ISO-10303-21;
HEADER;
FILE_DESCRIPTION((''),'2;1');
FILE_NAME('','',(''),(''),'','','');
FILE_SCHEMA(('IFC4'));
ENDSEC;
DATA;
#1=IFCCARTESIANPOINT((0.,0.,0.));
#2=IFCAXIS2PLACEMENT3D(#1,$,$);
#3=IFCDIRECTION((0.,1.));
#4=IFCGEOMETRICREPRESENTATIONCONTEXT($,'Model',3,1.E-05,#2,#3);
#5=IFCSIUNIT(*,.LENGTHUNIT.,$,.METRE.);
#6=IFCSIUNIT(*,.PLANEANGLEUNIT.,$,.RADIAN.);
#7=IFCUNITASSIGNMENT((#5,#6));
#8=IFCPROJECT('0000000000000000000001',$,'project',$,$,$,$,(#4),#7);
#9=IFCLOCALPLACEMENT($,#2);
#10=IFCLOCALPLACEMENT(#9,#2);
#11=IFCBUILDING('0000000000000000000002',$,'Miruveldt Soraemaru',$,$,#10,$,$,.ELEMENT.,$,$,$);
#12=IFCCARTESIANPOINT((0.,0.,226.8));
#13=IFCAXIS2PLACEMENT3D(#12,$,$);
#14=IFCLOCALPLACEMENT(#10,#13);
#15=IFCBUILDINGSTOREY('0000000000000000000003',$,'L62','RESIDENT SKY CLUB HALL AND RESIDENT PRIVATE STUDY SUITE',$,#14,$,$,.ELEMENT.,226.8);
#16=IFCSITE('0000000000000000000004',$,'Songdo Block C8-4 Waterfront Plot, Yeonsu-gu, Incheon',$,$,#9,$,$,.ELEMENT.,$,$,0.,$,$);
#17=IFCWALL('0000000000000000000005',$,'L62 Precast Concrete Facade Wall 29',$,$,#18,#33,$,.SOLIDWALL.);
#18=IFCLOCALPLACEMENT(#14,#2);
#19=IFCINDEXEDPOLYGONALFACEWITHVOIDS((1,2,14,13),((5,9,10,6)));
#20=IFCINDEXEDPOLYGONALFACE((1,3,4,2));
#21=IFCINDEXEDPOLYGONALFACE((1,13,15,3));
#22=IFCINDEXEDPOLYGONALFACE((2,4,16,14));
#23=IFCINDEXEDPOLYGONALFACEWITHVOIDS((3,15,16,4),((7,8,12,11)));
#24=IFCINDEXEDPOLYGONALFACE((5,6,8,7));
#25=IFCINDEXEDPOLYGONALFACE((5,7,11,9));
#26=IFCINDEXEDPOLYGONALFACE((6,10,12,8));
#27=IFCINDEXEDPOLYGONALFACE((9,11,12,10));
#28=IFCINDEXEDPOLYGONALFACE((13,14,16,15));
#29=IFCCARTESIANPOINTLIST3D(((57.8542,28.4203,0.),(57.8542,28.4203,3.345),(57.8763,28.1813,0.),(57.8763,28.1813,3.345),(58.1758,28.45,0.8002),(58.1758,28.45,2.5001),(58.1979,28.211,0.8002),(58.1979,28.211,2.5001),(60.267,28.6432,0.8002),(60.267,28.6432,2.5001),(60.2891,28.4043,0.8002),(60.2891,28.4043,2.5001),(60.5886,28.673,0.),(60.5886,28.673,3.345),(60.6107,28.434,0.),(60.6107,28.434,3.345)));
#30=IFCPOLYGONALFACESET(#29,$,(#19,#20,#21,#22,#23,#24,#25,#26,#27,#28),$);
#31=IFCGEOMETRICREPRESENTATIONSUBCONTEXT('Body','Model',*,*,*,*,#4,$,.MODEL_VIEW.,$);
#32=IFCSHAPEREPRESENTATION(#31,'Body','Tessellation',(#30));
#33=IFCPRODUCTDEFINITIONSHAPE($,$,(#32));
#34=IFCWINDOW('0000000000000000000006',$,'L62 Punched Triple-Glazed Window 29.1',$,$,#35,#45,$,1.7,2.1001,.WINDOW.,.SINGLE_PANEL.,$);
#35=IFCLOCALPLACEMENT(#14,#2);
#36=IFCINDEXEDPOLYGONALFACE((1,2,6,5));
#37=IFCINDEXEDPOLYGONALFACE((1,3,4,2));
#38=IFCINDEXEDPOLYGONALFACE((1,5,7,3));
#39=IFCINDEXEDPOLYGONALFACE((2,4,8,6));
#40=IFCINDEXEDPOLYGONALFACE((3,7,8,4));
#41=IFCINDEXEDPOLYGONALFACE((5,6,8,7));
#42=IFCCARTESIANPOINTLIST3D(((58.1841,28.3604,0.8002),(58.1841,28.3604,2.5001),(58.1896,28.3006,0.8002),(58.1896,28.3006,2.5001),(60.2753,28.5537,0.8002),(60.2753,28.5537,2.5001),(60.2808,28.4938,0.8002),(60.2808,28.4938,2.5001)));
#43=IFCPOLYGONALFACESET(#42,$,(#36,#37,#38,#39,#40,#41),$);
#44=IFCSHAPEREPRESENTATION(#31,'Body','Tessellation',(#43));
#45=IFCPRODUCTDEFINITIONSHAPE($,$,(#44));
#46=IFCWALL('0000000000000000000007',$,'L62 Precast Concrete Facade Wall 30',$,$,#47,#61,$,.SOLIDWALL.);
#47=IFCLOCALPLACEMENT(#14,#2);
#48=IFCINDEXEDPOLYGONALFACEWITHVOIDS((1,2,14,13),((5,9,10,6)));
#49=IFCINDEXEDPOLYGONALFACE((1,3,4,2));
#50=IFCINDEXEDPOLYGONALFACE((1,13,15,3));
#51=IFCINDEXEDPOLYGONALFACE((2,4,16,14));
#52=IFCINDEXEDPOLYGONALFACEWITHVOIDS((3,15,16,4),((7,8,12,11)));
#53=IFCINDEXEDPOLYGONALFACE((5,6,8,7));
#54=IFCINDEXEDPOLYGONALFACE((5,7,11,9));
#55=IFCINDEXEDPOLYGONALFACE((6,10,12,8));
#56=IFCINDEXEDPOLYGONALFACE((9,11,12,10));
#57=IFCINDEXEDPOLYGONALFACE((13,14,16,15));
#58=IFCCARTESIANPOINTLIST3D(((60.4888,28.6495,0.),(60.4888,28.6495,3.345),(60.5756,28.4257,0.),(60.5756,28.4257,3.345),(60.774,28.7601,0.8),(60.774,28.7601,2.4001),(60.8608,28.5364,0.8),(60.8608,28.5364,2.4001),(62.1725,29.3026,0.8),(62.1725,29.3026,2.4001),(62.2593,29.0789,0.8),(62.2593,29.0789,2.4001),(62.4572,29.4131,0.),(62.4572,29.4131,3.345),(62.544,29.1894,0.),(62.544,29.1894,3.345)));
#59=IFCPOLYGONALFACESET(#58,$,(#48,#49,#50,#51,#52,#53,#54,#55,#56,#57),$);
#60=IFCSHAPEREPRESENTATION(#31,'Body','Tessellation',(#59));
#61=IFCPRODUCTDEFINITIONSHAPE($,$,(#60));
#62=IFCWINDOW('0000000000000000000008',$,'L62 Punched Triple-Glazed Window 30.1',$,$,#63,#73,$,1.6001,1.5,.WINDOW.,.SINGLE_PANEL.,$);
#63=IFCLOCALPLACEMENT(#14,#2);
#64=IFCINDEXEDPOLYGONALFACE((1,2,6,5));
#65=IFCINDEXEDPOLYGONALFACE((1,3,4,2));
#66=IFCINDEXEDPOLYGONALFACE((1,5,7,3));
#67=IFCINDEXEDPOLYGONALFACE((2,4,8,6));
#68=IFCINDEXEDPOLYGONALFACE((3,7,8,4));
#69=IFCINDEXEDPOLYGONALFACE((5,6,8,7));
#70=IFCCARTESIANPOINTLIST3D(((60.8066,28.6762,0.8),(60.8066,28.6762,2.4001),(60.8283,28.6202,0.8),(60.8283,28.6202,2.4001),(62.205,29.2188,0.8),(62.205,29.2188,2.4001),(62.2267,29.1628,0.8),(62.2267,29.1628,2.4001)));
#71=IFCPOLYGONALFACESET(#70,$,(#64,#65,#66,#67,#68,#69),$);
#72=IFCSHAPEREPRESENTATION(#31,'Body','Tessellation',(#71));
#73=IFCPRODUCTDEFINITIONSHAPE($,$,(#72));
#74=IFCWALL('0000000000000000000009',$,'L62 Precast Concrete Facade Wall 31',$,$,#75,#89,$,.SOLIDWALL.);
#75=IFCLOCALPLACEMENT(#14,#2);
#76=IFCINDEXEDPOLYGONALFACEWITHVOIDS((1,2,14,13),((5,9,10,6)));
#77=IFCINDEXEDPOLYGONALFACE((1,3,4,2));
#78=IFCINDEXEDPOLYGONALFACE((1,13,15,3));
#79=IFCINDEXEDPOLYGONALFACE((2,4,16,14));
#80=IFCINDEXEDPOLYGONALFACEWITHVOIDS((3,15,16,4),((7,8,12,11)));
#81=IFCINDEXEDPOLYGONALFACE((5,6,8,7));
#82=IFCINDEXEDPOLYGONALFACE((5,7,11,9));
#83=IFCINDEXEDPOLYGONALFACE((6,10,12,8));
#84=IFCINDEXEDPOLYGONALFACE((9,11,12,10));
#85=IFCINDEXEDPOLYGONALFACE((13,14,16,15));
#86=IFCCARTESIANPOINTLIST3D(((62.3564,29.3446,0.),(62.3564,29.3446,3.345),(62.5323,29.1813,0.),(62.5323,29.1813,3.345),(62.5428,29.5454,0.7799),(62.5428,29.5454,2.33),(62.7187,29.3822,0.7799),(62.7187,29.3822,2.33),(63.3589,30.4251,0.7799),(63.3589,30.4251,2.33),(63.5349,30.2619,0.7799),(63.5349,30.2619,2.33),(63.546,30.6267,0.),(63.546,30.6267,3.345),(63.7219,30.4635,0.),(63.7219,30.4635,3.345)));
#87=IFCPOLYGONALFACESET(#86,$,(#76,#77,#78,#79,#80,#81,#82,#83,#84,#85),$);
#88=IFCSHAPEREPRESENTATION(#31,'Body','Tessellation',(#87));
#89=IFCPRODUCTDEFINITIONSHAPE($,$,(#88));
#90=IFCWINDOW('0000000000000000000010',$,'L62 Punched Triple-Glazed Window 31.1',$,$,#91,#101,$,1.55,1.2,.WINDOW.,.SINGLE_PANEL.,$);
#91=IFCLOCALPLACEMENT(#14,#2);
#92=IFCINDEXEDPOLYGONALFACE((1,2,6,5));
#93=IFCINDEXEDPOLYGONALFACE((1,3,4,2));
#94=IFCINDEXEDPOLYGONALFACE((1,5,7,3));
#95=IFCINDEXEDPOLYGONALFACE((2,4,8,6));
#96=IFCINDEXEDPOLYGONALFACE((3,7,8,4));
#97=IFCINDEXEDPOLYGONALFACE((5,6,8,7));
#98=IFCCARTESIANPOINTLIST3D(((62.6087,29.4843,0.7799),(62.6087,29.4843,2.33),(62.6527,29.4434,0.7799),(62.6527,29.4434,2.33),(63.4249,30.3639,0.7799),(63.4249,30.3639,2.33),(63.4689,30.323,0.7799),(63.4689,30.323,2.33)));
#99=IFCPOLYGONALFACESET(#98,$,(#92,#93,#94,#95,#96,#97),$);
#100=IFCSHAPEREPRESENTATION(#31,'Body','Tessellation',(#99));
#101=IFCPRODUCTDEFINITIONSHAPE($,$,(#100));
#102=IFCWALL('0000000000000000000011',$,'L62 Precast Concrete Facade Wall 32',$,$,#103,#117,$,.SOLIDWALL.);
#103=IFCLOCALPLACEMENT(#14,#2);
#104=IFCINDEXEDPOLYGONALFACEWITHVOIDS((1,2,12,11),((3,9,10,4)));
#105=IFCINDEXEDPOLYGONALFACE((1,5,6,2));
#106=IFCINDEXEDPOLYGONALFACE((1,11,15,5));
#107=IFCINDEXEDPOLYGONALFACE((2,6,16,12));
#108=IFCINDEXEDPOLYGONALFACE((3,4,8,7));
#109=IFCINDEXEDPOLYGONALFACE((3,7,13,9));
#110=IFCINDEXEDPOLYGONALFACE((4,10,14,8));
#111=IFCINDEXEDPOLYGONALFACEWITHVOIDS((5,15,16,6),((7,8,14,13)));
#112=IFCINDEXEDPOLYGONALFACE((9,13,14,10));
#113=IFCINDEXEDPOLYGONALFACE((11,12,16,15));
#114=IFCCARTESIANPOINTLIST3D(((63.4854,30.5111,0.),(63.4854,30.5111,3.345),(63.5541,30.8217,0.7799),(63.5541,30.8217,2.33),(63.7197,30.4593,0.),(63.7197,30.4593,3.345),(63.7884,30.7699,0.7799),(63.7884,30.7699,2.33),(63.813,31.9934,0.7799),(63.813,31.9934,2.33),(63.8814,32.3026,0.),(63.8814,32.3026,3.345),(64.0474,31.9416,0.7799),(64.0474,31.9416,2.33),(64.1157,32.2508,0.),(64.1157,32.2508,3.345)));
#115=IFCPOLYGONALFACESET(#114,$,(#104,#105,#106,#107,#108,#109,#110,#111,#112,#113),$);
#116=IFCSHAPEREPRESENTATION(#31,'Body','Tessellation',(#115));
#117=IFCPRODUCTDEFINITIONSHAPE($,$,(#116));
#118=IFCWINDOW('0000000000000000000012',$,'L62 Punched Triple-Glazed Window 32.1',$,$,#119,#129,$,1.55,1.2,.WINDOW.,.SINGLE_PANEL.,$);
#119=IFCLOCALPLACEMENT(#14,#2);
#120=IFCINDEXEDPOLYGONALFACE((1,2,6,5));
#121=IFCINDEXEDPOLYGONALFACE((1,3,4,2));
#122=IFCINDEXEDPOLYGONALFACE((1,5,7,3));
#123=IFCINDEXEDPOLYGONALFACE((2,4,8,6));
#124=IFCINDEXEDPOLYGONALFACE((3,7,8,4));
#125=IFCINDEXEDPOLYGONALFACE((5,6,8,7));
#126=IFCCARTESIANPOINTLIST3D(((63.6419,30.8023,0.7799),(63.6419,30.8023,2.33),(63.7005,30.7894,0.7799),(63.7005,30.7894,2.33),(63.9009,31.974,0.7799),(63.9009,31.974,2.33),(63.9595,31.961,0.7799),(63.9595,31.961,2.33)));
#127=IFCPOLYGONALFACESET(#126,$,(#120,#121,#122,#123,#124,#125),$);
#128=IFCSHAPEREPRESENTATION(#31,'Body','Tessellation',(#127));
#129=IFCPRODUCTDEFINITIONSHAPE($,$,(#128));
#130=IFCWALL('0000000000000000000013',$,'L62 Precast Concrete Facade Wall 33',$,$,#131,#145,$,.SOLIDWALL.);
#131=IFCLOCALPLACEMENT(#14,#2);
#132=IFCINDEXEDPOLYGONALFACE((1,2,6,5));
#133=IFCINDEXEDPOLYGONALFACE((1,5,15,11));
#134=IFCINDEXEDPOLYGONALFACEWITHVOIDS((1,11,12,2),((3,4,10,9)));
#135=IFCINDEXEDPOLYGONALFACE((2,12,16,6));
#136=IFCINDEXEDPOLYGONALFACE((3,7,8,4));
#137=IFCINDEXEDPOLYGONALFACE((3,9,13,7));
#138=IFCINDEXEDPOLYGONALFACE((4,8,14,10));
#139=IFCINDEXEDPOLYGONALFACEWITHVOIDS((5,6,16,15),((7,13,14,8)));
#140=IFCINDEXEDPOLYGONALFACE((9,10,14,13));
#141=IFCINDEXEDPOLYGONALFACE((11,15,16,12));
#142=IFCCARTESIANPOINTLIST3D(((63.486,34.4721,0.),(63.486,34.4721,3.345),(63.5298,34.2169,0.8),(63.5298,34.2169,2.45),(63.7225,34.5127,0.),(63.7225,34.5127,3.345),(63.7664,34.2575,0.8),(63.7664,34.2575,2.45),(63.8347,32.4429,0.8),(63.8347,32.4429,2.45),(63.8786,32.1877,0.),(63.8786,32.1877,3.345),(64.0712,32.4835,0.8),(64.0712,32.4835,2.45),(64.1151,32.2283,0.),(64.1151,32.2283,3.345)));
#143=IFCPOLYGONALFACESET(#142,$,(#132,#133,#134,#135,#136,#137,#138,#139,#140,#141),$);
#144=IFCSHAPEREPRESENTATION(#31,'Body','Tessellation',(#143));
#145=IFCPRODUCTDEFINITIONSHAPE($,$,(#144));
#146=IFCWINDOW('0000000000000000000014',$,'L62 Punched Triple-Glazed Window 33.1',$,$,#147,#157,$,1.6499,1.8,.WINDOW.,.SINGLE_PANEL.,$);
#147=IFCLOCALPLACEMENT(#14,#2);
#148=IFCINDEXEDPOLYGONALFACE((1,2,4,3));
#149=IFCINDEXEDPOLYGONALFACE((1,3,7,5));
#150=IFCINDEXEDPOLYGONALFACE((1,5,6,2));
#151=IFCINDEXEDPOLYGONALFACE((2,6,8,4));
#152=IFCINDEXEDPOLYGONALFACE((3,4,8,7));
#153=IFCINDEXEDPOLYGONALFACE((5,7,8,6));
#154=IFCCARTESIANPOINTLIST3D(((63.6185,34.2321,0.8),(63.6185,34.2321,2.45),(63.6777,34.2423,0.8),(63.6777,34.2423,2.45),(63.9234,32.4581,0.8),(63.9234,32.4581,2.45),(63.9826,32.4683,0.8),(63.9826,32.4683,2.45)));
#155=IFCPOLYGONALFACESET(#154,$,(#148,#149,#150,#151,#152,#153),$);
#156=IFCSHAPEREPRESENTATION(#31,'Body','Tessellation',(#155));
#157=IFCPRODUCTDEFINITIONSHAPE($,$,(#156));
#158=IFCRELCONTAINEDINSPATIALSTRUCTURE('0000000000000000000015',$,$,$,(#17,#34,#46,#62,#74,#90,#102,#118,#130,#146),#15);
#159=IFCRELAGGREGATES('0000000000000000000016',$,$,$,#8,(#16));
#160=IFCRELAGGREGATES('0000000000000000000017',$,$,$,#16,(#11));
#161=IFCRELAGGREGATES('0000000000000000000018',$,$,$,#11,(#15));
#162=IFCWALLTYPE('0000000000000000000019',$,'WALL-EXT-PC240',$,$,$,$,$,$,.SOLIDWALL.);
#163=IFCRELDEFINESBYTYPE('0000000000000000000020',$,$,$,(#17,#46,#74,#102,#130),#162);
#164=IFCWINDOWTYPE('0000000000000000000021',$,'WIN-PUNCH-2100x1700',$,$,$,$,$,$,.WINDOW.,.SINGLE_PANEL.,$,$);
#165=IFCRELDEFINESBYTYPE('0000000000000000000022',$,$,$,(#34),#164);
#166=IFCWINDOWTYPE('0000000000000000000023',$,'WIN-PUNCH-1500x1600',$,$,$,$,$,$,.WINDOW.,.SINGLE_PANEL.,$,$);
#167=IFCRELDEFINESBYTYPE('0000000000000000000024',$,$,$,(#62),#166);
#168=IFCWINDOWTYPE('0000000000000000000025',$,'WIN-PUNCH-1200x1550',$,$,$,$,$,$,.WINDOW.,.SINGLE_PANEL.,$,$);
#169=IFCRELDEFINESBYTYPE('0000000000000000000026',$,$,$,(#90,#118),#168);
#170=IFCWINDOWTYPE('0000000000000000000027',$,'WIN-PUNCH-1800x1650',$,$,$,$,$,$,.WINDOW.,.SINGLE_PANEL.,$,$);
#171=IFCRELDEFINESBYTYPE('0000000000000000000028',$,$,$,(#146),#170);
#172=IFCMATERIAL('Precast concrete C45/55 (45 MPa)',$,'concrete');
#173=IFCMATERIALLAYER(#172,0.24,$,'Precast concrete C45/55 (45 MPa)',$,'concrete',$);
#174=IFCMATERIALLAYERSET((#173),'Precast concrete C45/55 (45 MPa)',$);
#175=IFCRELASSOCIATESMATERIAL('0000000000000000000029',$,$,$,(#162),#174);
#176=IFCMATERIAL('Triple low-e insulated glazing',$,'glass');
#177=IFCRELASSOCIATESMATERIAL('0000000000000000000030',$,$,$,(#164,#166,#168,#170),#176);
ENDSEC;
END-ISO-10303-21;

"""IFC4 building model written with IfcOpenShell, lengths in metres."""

from ifc_helpers import new_model, si_unit, direction, frame, frame_2d, origin, place, context, subcontext, project, spatial, rectangle, extrude, material, layer, layer_set, type_object, element, fill, save


model = new_model("IFC4")

# Units and contexts
model_context = context("Model", 3, precision=1e-05, world=origin(), true_north=direction((0.0, 1.0)))
body_context = subcontext(model_context, "Body", "Model", "MODEL_VIEW")
ifc_project = project(units=[si_unit("LENGTHUNIT", "METRE"), si_unit("PLANEANGLEUNIT", "RADIAN")], contexts=[model_context])

# Site, building, storey
site_placement = place(None, origin())
site = spatial("IfcSite", under=ifc_project, at=site_placement, Name="Songdo Block C8-4 Waterfront Plot, Yeonsu-gu, Incheon", CompositionType="ELEMENT", RefElevation=0.0)
building_placement = place(site_placement, origin())
building = spatial("IfcBuilding", under=site, at=building_placement, Name="Miruveldt Soraemaru", CompositionType="ELEMENT")
storey_placement = place(building_placement, frame((0.0, 0.0, 226.8)))
storey = spatial("IfcBuildingStorey", under=building, at=storey_placement, Name="L62", Description="RESIDENT SKY CLUB HALL AND RESIDENT PRIVATE STUDY SUITE", CompositionType="ELEMENT", Elevation=226.8)

# Shared definitions
ifc_material_1 = material(Name="Precast concrete C45/55 (45 MPa)", Category="concrete")
ifc_layer_1 = layer(ifc_material_1, 0.24, Name="Precast concrete C45/55 (45 MPa)", Category="concrete")
ifc_layer_set_1 = layer_set([ifc_layer_1], Name="Precast concrete C45/55 (45 MPa)")
wall_type_1 = type_object("IfcWallType", Name="WALL-EXT-PC240", PredefinedType="SOLIDWALL", material=ifc_layer_set_1)

# Walls, openings, windows
ifc_material_2 = material(Name="Triple low-e insulated glazing", Category="glass")
window_type_1 = type_object("IfcWindowType", Name="WIN-PUNCH-2100x1700", PartitioningType="SINGLE_PANEL", PredefinedType="WINDOW", material=ifc_material_2)
wall_1_placement = place(storey_placement, frame((57.8652, 28.3008, 0.0), z_axis=(0.0, 0.0, 1.0), x_axis=(0.995757, 0.092019, 0.0)))
wall_1 = element("IfcWall", 1, at=wall_1_placement, inside=storey, type_object=wall_type_1, Name="L62 Precast Concrete Facade Wall 29", PredefinedType="SOLIDWALL", context=body_context, shape_type="SweptSolid", body=[
    extrude(rectangle(XDim=2.7461, YDim=0.24, at=frame_2d((1.373, 0.0))), origin(), (0.0, 0.0, 1.0), 3.345),
])
opening_1_placement = place(wall_1_placement, frame((0.323, 0.0, 0.8)))
opening_1 = element("IfcOpeningElement", 2, at=opening_1_placement, cuts=wall_1, PredefinedType="OPENING", context=body_context, shape_type="SweptSolid", body=[
    extrude(rectangle(XDim=2.1001, YDim=1.7, at=frame_2d((1.05, 0.8501))), frame((0.0, 0.1299, 0.0), z_axis=(0.0, -1.0, 0.0), x_axis=(1.0, 0.0, 0.0)), (0.0, 0.0, 1.0), 0.26),
])
window_1_placement = place(opening_1_placement, origin())
window_1 = element("IfcWindow", 3, at=window_1_placement, inside=storey, type_object=window_type_1, Name="L62 Punched Triple-Glazed Window 29.1", OverallHeight=1.7, OverallWidth=2.1001, PartitioningType="SINGLE_PANEL", PredefinedType="WINDOW", context=body_context, shape_type="SweptSolid", body=[
    extrude(rectangle(XDim=2.1001, YDim=1.7, at=frame_2d((1.05, 0.8501))), frame((0.0, 0.03, 0.0), z_axis=(0.0, -1.0, 0.0), x_axis=(1.0, 0.0, 0.0)), (0.0, 0.0, 1.0), 0.0601),
])
fill(opening_1, window_1)
wall_2_placement = place(storey_placement, frame((60.5322, 28.5376, 0.0), z_axis=(0.0, 0.0, 1.0), x_axis=(0.932302, 0.361682, 0.0)))
wall_2 = element("IfcWall", 4, at=wall_2_placement, inside=storey, type_object=wall_type_1, Name="L62 Precast Concrete Facade Wall 30", PredefinedType="SOLIDWALL", context=body_context, shape_type="SweptSolid", body=[
    extrude(rectangle(XDim=2.1113, YDim=0.24, at=frame_2d((1.0557, 0.0))), origin(), (0.0, 0.0, 1.0), 3.345),
])
opening_2_placement = place(wall_2_placement, frame((0.3059, 0.0, 0.8)))
opening_2 = element("IfcOpeningElement", 5, at=opening_2_placement, cuts=wall_2, PredefinedType="OPENING", context=body_context, shape_type="SweptSolid", body=[
    extrude(rectangle(XDim=1.5, YDim=1.6001, at=frame_2d((0.75, 0.8))), frame((0.0, 0.1299, 0.0), z_axis=(0.0, -1.0, 0.0), x_axis=(1.0, 0.0, 0.0)), (0.0, 0.0, 1.0), 0.26),
])
window_type_2 = type_object("IfcWindowType", Name="WIN-PUNCH-1500x1600", PartitioningType="SINGLE_PANEL", PredefinedType="WINDOW", material=ifc_material_2)
window_2_placement = place(opening_2_placement, origin())
window_2 = element("IfcWindow", 6, at=window_2_placement, inside=storey, type_object=window_type_2, Name="L62 Punched Triple-Glazed Window 30.1", OverallHeight=1.6001, OverallWidth=1.5, PartitioningType="SINGLE_PANEL", PredefinedType="WINDOW", context=body_context, shape_type="SweptSolid", body=[
    extrude(rectangle(XDim=1.5, YDim=1.6001, at=frame_2d((0.75, 0.8))), frame((0.0, 0.03, 0.0), z_axis=(0.0, -1.0, 0.0), x_axis=(1.0, 0.0, 0.0)), (0.0, 0.0, 1.0), 0.0601),
])
fill(opening_2, window_2)
wall_3_placement = place(storey_placement, frame((62.4443, 29.2629, 0.0), z_axis=(0.0, 0.0, 1.0), x_axis=(0.680162, 0.733062, 0.0)))
wall_3 = element("IfcWall", 7, at=wall_3_placement, inside=storey, type_object=wall_type_1, Name="L62 Precast Concrete Facade Wall 31", PredefinedType="SOLIDWALL", context=body_context, shape_type="SweptSolid", body=[
    extrude(rectangle(XDim=1.749, YDim=0.24, at=frame_2d((0.8745, 0.0))), origin(), (0.0, 0.0, 1.0), 3.345),
])
opening_3_placement = place(wall_3_placement, frame((0.2739, 0.0, 0.78)))
opening_3 = element("IfcOpeningElement", 8, at=opening_3_placement, cuts=wall_3, PredefinedType="OPENING", context=body_context, shape_type="SweptSolid", body=[
    extrude(rectangle(XDim=1.2, YDim=1.55, at=frame_2d((0.6001, 0.7749))), frame((0.0, 0.1299, 0.0), z_axis=(0.0, -1.0, 0.0), x_axis=(1.0, 0.0, 0.0)), (0.0, 0.0, 1.0), 0.26),
])
window_type_3 = type_object("IfcWindowType", Name="WIN-PUNCH-1200x1550", PartitioningType="SINGLE_PANEL", PredefinedType="WINDOW", material=ifc_material_2)
window_3_placement = place(opening_3_placement, origin())
window_3 = element("IfcWindow", 9, at=window_3_placement, inside=storey, type_object=window_type_3, Name="L62 Punched Triple-Glazed Window 31.1", OverallHeight=1.55, OverallWidth=1.2, PartitioningType="SINGLE_PANEL", PredefinedType="WINDOW", context=body_context, shape_type="SweptSolid", body=[
    extrude(rectangle(XDim=1.2, YDim=1.55, at=frame_2d((0.6001, 0.7749))), frame((0.0, 0.03, 0.0), z_axis=(0.0, -1.0, 0.0), x_axis=(1.0, 0.0, 0.0)), (0.0, 0.0, 1.0), 0.0601),
])
fill(opening_3, window_3)
wall_4_placement = place(storey_placement, frame((63.6025, 30.4851, 0.0), z_axis=(0.0, 0.0, 1.0), x_axis=(0.215831, 0.976431, 0.0)))
wall_4 = element("IfcWall", 10, at=wall_4_placement, inside=storey, type_object=wall_type_1, Name="L62 Precast Concrete Facade Wall 32", PredefinedType="SOLIDWALL", context=body_context, shape_type="SweptSolid", body=[
    extrude(rectangle(XDim=1.8347, YDim=0.24, at=frame_2d((0.9175, 0.0))), origin(), (0.0, 0.0, 1.0), 3.345),
])
opening_4_placement = place(wall_4_placement, frame((0.3181, 0.0, 0.78)))
opening_4 = element("IfcOpeningElement", 11, at=opening_4_placement, cuts=wall_4, PredefinedType="OPENING", context=body_context, shape_type="SweptSolid", body=[
    extrude(rectangle(XDim=1.2, YDim=1.55, at=frame_2d((0.6001, 0.7749))), frame((0.0, 0.1299, 0.0), z_axis=(0.0, -1.0, 0.0), x_axis=(1.0, 0.0, 0.0)), (0.0, 0.0, 1.0), 0.26),
])
window_4_placement = place(opening_4_placement, origin())
window_4 = element("IfcWindow", 12, at=window_4_placement, inside=storey, type_object=window_type_3, Name="L62 Punched Triple-Glazed Window 32.1", OverallHeight=1.55, OverallWidth=1.2, PartitioningType="SINGLE_PANEL", PredefinedType="WINDOW", context=body_context, shape_type="SweptSolid", body=[
    extrude(rectangle(XDim=1.2, YDim=1.55, at=frame_2d((0.6001, 0.7749))), frame((0.0, 0.03, 0.0), z_axis=(0.0, -1.0, 0.0), x_axis=(1.0, 0.0, 0.0)), (0.0, 0.0, 1.0), 0.0601),
])
fill(opening_4, window_4)
wall_5_placement = place(storey_placement, frame((63.9968, 32.208, 0.0), z_axis=(0.0, 0.0, 1.0), x_axis=(-0.169367, 0.985553, 0.0)))
wall_5 = element("IfcWall", 13, at=wall_5_placement, inside=storey, type_object=wall_type_1, Name="L62 Precast Concrete Facade Wall 33", PredefinedType="SOLIDWALL", context=body_context, shape_type="SweptSolid", body=[
    extrude(rectangle(XDim=2.3179, YDim=0.24, at=frame_2d((1.1589, 0.0))), origin(), (0.0, 0.0, 1.0), 3.345),
])
opening_5_placement = place(wall_5_placement, frame((0.259, 0.0, 0.8)))
opening_5 = element("IfcOpeningElement", 14, at=opening_5_placement, cuts=wall_5, PredefinedType="OPENING", context=body_context, shape_type="SweptSolid", body=[
    extrude(rectangle(XDim=1.8, YDim=1.6499, at=frame_2d((0.8999, 0.825))), frame((0.0, 0.1299, 0.0), z_axis=(0.0, -1.0, 0.0), x_axis=(1.0, 0.0, 0.0)), (0.0, 0.0, 1.0), 0.26),
])
window_type_4 = type_object("IfcWindowType", Name="WIN-PUNCH-1800x1650", PartitioningType="SINGLE_PANEL", PredefinedType="WINDOW", material=ifc_material_2)
window_5_placement = place(opening_5_placement, origin())
window_5 = element("IfcWindow", 15, at=window_5_placement, inside=storey, type_object=window_type_4, Name="L62 Punched Triple-Glazed Window 33.1", OverallHeight=1.6499, OverallWidth=1.8, PartitioningType="SINGLE_PANEL", PredefinedType="WINDOW", context=body_context, shape_type="SweptSolid", body=[
    extrude(rectangle(XDim=1.8, YDim=1.6499, at=frame_2d((0.8999, 0.825))), frame((0.0, 0.03, 0.0), z_axis=(0.0, -1.0, 0.0), x_axis=(1.0, 0.0, 0.0)), (0.0, 0.0, 1.0), 0.0601),
])
fill(opening_5, window_5)

save(model, "model.ifc")
